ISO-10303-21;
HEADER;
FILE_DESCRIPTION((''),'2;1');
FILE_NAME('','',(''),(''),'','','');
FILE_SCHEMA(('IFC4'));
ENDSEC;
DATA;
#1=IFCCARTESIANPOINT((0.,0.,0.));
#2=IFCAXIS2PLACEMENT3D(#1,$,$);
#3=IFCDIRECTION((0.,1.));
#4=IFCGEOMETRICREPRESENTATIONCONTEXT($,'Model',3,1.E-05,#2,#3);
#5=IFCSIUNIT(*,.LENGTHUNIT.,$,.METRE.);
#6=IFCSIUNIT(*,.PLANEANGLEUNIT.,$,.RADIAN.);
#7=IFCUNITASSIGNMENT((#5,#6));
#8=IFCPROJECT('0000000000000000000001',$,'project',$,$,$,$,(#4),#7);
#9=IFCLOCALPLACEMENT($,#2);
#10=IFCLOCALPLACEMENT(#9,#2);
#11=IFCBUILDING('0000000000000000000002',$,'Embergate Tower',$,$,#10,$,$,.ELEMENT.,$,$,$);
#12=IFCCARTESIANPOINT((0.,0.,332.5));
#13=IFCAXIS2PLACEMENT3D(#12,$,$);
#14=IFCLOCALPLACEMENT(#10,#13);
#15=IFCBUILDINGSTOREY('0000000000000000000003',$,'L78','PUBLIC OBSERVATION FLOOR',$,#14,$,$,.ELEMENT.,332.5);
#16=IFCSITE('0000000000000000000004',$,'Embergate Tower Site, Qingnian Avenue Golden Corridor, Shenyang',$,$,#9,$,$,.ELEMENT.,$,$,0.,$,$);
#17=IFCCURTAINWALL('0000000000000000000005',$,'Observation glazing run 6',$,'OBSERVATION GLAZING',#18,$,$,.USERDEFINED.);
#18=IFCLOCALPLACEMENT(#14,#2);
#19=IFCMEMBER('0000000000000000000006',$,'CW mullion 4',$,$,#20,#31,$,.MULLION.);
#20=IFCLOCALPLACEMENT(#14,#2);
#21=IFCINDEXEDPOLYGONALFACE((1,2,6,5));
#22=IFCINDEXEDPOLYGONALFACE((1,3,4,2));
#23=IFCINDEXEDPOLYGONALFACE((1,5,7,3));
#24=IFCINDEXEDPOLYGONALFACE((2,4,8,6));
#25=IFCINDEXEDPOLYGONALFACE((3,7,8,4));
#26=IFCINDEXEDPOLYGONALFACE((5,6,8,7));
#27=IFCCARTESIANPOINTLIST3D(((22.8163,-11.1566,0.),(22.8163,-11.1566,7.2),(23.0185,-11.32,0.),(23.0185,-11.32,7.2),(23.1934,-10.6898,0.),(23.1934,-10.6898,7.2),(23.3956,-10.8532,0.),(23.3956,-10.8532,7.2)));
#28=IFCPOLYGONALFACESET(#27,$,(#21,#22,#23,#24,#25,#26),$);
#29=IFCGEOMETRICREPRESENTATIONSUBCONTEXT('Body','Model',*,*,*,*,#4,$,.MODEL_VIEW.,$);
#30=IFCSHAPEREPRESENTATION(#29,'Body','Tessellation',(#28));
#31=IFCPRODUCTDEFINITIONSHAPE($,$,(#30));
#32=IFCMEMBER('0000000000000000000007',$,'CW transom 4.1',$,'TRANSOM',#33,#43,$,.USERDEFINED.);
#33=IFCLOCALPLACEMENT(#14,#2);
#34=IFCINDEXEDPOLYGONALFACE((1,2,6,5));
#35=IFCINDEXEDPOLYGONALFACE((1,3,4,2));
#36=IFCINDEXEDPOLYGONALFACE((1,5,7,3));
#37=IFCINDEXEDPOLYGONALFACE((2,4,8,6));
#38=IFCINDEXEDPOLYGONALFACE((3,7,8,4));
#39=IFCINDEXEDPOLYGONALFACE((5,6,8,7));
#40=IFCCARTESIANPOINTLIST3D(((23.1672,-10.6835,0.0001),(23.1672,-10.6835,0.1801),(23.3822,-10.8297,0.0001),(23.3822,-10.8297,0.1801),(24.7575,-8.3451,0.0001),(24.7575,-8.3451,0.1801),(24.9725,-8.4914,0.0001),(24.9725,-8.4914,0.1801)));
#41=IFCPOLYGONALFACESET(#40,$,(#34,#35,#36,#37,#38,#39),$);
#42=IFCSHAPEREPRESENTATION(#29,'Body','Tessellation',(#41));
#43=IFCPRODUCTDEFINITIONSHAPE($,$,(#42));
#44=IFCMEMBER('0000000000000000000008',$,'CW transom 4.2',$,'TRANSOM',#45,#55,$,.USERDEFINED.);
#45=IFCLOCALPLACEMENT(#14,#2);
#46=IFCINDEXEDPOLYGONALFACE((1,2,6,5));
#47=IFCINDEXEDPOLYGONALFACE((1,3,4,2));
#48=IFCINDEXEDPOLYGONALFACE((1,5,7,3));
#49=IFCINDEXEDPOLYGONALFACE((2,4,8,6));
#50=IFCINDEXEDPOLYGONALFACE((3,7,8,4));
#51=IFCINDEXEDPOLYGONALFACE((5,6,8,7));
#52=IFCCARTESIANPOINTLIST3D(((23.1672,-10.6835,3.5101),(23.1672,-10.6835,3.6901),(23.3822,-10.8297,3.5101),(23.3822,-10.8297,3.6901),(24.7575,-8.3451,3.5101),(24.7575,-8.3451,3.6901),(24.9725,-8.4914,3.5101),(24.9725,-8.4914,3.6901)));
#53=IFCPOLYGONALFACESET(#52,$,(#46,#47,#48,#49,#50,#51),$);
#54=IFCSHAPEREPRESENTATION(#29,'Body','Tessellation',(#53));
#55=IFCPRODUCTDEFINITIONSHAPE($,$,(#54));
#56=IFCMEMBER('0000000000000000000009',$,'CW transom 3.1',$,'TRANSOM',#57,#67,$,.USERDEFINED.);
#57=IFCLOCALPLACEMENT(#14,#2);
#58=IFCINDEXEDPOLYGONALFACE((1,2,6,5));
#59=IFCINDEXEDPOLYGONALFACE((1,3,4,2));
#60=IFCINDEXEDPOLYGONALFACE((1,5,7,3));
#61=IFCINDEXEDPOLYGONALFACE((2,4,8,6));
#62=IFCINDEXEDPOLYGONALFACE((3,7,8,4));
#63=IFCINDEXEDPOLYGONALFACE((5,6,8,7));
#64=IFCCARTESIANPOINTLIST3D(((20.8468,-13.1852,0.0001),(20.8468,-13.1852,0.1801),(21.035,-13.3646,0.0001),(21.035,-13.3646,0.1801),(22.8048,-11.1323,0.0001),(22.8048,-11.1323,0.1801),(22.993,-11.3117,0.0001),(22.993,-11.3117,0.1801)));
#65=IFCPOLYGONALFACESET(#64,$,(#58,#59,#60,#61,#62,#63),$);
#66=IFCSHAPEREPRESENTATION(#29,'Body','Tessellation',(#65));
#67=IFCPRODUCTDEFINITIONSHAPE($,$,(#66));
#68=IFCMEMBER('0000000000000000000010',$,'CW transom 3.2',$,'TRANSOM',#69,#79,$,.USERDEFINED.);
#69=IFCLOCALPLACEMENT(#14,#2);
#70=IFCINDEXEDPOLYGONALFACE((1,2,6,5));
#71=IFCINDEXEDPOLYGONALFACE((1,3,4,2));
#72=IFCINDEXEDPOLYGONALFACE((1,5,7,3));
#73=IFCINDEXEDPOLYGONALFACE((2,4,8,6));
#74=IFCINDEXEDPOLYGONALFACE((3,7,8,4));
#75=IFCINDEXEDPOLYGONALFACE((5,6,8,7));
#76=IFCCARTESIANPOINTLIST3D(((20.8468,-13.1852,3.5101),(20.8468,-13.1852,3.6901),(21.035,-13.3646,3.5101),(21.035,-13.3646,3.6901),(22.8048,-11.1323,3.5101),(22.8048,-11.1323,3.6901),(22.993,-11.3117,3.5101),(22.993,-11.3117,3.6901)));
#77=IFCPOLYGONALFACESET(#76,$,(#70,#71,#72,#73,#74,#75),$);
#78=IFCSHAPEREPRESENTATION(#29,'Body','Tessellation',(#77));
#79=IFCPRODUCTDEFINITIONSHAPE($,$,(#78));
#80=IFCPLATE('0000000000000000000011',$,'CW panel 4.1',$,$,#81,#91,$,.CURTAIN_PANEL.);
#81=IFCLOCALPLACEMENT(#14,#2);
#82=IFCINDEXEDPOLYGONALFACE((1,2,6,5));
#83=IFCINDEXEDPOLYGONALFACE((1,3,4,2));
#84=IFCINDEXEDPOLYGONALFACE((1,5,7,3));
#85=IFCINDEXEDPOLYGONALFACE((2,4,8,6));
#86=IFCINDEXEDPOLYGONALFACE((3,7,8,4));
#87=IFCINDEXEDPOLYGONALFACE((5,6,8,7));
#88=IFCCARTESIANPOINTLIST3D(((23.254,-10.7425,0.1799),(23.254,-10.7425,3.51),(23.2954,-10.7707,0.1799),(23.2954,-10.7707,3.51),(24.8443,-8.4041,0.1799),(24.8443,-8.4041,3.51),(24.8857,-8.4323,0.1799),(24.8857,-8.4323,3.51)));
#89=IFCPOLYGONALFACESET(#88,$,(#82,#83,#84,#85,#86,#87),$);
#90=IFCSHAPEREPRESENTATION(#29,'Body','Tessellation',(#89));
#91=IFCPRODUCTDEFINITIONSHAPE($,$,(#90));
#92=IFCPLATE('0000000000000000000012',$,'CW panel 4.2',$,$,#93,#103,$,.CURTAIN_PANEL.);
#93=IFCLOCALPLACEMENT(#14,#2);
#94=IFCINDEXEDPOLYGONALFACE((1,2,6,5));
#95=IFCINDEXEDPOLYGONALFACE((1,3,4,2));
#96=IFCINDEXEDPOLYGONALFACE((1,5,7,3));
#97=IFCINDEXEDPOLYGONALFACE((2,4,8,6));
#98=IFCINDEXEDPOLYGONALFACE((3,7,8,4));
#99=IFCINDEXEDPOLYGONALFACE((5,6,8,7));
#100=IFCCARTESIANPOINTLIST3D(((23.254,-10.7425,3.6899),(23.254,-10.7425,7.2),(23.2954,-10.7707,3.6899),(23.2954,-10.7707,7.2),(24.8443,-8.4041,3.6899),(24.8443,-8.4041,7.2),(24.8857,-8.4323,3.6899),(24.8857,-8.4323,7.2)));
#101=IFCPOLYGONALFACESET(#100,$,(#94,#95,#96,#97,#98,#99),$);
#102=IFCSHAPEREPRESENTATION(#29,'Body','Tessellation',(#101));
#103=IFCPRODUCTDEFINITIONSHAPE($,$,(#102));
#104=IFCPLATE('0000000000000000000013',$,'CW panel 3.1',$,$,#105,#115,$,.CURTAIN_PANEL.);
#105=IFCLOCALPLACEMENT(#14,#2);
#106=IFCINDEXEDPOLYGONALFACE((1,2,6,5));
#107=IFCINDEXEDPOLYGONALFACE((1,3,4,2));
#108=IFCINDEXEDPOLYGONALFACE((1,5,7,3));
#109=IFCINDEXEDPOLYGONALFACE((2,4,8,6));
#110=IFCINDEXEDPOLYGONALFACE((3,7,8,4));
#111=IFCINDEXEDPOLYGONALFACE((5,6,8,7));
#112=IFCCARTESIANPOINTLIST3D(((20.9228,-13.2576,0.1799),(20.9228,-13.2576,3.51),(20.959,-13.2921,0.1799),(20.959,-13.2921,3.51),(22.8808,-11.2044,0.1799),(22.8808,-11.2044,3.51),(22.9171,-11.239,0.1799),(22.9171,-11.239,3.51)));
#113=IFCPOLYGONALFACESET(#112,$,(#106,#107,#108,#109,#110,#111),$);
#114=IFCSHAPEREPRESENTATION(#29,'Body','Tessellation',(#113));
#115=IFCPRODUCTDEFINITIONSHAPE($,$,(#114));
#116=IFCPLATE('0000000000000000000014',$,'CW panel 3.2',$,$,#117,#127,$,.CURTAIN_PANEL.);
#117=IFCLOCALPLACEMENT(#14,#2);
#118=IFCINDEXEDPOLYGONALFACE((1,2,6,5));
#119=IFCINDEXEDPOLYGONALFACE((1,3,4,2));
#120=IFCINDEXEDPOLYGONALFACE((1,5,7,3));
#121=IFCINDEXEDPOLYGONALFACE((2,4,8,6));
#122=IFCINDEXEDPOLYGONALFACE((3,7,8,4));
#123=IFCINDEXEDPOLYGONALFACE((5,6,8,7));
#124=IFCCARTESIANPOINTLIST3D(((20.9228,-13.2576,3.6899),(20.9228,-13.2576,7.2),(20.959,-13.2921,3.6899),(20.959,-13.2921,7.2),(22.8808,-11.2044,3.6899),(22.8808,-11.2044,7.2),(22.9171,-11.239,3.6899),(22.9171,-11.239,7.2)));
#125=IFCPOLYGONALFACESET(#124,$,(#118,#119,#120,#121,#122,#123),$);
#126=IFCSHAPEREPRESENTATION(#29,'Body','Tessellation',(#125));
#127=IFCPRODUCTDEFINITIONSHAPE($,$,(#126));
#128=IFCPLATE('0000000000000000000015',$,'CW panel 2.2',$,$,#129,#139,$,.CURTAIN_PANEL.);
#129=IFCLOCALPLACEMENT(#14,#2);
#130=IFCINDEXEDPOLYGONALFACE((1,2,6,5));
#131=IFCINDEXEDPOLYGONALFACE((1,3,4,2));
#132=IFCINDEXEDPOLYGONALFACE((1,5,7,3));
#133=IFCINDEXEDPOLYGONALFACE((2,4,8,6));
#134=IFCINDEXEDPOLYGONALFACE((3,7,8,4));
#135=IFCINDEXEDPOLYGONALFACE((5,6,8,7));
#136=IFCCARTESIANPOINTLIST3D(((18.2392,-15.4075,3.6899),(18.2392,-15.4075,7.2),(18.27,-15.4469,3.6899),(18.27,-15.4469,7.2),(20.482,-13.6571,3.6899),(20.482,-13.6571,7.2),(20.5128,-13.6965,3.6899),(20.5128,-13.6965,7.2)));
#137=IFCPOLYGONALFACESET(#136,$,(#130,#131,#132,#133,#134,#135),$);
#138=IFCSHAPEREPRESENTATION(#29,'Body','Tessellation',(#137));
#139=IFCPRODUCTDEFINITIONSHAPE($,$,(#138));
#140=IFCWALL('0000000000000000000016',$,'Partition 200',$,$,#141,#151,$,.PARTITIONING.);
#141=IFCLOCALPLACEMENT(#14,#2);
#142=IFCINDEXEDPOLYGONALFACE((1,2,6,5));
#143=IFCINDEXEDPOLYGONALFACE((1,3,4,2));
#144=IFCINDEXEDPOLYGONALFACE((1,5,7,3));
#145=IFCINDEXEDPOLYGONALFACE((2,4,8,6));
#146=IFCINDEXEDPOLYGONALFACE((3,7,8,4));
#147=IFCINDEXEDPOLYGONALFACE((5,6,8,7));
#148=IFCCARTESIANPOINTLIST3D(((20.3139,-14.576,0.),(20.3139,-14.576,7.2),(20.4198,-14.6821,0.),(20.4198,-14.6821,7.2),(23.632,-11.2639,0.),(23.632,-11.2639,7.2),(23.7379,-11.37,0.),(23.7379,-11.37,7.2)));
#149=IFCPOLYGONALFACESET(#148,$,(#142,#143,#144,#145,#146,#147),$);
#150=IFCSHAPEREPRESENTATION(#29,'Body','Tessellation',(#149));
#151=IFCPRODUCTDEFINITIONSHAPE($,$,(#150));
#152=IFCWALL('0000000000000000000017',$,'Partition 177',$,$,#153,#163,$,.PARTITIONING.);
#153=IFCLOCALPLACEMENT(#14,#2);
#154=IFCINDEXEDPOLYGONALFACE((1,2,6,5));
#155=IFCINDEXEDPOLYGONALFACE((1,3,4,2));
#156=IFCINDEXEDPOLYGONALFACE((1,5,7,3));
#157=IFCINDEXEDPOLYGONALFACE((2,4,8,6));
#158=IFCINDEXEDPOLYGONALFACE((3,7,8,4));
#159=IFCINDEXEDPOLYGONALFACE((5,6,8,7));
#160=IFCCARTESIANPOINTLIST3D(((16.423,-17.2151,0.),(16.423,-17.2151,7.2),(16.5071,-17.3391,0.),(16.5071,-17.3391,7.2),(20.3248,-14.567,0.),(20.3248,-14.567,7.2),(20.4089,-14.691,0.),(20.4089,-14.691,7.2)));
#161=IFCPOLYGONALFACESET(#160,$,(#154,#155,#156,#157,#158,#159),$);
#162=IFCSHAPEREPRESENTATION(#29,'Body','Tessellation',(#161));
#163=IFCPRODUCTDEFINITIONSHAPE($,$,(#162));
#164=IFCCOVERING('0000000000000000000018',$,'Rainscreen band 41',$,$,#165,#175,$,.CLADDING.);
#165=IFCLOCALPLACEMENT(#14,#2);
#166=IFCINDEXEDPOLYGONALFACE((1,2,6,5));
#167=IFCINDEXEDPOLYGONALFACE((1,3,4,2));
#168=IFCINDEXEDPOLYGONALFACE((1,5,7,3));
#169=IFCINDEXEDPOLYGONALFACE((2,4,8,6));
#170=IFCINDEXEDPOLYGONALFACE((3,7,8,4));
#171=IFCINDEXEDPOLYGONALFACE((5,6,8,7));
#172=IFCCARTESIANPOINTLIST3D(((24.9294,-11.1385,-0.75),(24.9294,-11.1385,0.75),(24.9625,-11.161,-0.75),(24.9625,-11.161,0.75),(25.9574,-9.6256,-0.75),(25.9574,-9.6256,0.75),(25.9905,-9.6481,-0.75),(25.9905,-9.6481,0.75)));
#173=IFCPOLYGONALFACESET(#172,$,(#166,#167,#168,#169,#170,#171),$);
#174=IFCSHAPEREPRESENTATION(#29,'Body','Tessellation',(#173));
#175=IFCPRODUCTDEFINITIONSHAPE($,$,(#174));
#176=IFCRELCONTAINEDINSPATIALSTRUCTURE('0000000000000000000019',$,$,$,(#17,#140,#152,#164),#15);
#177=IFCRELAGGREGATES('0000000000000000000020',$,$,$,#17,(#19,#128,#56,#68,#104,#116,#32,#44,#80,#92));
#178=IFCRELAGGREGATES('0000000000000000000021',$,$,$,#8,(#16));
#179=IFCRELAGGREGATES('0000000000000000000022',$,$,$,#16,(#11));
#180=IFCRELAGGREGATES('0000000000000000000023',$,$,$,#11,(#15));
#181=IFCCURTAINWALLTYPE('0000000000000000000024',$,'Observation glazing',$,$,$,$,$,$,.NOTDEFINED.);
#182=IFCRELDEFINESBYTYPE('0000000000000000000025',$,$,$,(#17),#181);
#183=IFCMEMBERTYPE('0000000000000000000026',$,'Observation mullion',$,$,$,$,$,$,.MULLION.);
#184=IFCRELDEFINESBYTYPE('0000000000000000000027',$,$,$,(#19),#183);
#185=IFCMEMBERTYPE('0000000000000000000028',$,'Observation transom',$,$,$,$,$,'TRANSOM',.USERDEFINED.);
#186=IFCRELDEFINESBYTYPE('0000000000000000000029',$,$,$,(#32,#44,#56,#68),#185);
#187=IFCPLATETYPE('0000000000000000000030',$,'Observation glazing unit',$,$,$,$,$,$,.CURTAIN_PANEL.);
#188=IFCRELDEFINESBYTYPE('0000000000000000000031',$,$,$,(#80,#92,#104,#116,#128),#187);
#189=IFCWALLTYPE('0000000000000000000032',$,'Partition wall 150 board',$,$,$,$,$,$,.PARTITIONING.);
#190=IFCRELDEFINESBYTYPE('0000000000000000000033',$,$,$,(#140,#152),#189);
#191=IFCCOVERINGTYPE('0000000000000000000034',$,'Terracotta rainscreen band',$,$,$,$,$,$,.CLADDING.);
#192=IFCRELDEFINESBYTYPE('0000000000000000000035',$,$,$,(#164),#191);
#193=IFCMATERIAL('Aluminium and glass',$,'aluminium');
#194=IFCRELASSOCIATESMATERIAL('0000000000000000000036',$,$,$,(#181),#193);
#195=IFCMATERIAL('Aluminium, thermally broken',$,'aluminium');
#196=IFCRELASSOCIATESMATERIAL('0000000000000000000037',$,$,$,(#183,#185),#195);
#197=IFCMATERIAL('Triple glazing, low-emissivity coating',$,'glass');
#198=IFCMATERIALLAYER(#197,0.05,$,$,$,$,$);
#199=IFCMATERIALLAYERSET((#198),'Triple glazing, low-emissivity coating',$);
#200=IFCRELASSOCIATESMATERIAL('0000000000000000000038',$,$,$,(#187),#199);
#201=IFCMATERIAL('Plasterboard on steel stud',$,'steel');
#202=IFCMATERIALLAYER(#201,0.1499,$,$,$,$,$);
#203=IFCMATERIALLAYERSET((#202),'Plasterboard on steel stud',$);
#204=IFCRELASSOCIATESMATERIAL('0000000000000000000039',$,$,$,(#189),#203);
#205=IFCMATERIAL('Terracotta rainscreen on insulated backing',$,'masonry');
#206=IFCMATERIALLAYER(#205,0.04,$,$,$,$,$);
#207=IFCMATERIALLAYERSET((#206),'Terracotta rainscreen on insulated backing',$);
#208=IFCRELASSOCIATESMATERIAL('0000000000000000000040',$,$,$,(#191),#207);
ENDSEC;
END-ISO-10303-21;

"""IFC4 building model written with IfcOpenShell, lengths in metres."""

from ifc_helpers import new_model, si_unit, direction, frame, frame_2d, origin, origin_2d, place, context, subcontext, project, spatial, rectangle, extrude, source, transform, mapped, material, layer, layer_set, material_profile, profile_set, type_object, element, aggregate, save


model = new_model("IFC4")

# Units and contexts
model_context = context("Model", 3, precision=1e-05, world=origin(), true_north=direction((0.0, 1.0)))
body_context = subcontext(model_context, "Body", "Model", "MODEL_VIEW")
ifc_project = project(units=[si_unit("LENGTHUNIT", "METRE"), si_unit("PLANEANGLEUNIT", "RADIAN")], contexts=[model_context])

# Site, building, storey
site_placement = place(None, origin())
site = spatial("IfcSite", under=ifc_project, at=site_placement, Name="Embergate Tower Site, Qingnian Avenue Golden Corridor, Shenyang", CompositionType="ELEMENT", RefElevation=0.0)
building_placement = place(site_placement, origin())
building = spatial("IfcBuilding", under=site, at=building_placement, Name="Embergate Tower", CompositionType="ELEMENT")
storey_placement = place(building_placement, frame((0.0, 0.0, 332.5)))
storey = spatial("IfcBuildingStorey", under=building, at=storey_placement, Name="L78", Description="PUBLIC OBSERVATION FLOOR", CompositionType="ELEMENT", Elevation=332.5)

# Curtain wall, members, plates
ifc_material_1 = material(Name="Aluminium and glass", Category="aluminium")
curtain_wall_type = type_object("IfcCurtainWallType", Name="Observation glazing", PredefinedType="NOTDEFINED", material=ifc_material_1)
curtain_wall_placement = place(storey_placement, origin())
curtain_wall = element("IfcCurtainWall", 1, at=curtain_wall_placement, inside=storey, type_object=curtain_wall_type, Name="Observation glazing run 6", ObjectType="OBSERVATION GLAZING", PredefinedType="USERDEFINED")
ifc_material_2 = material(Name="Aluminium, thermally broken", Category="aluminium")
ifc_material_profile_1 = material_profile(ifc_material_2, rectangle(XDim=0.26, YDim=0.6001, at=origin_2d()), Name="AL 600x260")
ifc_profile_set_1 = profile_set([ifc_material_profile_1], Name="Aluminium, thermally broken")
member_type_1 = type_object("IfcMemberType", Name="Observation mullion", PredefinedType="MULLION", material=ifc_profile_set_1)
shared_shape_1 = source(origin(), body_context, "Body", "SweptSolid", [
    extrude(rectangle(XDim=0.26, YDim=0.6001, at=origin_2d()), origin(), (0.0, 0.0, 1.0), 7.2),
])
member_1_placement = place(storey_placement, frame((23.106, -11.0049, 0.0), z_axis=(0.0, 0.0, 1.0), x_axis=(-0.777844, 0.628457, 0.0)))
member_1 = element("IfcMember", 2, at=member_1_placement, type_object=member_type_1, Name="CW mullion 4", PredefinedType="MULLION", context=body_context, shape_type="MappedRepresentation", body=[
    mapped(shared_shape_1, transform((0.0, 0.0, 0.0))),
])
ifc_material_profile_2 = material_profile(ifc_material_2, rectangle(XDim=0.26, YDim=0.1799, at=origin_2d()), Name="AL 180x260")
ifc_profile_set_2 = profile_set([ifc_material_profile_2], Name="Aluminium, thermally broken")
member_type_2 = type_object("IfcMemberType", Name="Observation transom", ElementType="TRANSOM", PredefinedType="USERDEFINED", material=ifc_profile_set_2)
shared_shape_2 = source(origin(), body_context, "Body", "SweptSolid", [
    extrude(rectangle(XDim=0.26, YDim=0.1799, at=origin_2d()), origin(), (0.0, 0.0, 1.0), 2.8279),
])
member_2_placement = place(storey_placement, frame((23.2747, -10.7566, 0.0901), z_axis=(0.562367, 0.826888, 0.0), x_axis=(-0.826888, 0.562367, 0.0)))
member_2 = element("IfcMember", 3, at=member_2_placement, type_object=member_type_2, Name="CW transom 4.1", ObjectType="TRANSOM", PredefinedType="USERDEFINED", context=body_context, shape_type="MappedRepresentation", body=[
    mapped(shared_shape_2, transform((0.0, 0.0, 0.0))),
])
member_3_placement = place(storey_placement, frame((23.2747, -10.7566, 3.6001), z_axis=(0.562367, 0.826888, 0.0), x_axis=(-0.826888, 0.562367, 0.0)))
member_3 = element("IfcMember", 4, at=member_3_placement, type_object=member_type_2, Name="CW transom 4.2", ObjectType="TRANSOM", PredefinedType="USERDEFINED", context=body_context, shape_type="MappedRepresentation", body=[
    mapped(shared_shape_2, transform((0.0, 0.0, 0.0))),
])
shared_shape_3 = source(origin(), body_context, "Body", "SweptSolid", [
    extrude(rectangle(XDim=0.26, YDim=0.1799, at=origin_2d()), origin(), (0.0, 0.0, 1.0), 2.8369),
])
member_4_placement = place(storey_placement, frame((20.9409, -13.2749, 0.0901), z_axis=(0.690171, 0.723647, 0.0), x_axis=(-0.723647, 0.690171, 0.0)))
member_4 = element("IfcMember", 5, at=member_4_placement, type_object=member_type_2, Name="CW transom 3.1", ObjectType="TRANSOM", PredefinedType="USERDEFINED", context=body_context, shape_type="MappedRepresentation", body=[
    mapped(shared_shape_3, transform((0.0, 0.0, 0.0))),
])
member_5_placement = place(storey_placement, frame((20.9409, -13.2749, 3.6001), z_axis=(0.690171, 0.723647, 0.0), x_axis=(-0.723647, 0.690171, 0.0)))
member_5 = element("IfcMember", 6, at=member_5_placement, type_object=member_type_2, Name="CW transom 3.2", ObjectType="TRANSOM", PredefinedType="USERDEFINED", context=body_context, shape_type="MappedRepresentation", body=[
    mapped(shared_shape_3, transform((0.0, 0.0, 0.0))),
])
ifc_material_3 = material(Name="Triple glazing, low-emissivity coating", Category="glass")
ifc_layer_1 = layer(ifc_material_3, 0.05)
ifc_layer_set_1 = layer_set([ifc_layer_1], Name="Triple glazing, low-emissivity coating")
plate_type = type_object("IfcPlateType", Name="Observation glazing unit", PredefinedType="CURTAIN_PANEL", material=ifc_layer_set_1)
shared_shape_4 = source(origin(), body_context, "Body", "SweptSolid", [
    extrude(rectangle(XDim=2.8279, YDim=0.05, at=origin_2d()), origin(), (0.0, 0.0, 1.0), 3.3301),
])
plate_1_placement = place(storey_placement, frame((24.0698, -9.5874, 0.1799), z_axis=(0.0, 0.0, 1.0), x_axis=(0.562353, 0.826897, 0.0)))
plate_1 = element("IfcPlate", 7, at=plate_1_placement, type_object=plate_type, Name="CW panel 4.1", PredefinedType="CURTAIN_PANEL", context=body_context, shape_type="MappedRepresentation", body=[
    mapped(shared_shape_4, transform((0.0, 0.0, 0.0))),
])
shared_shape_5 = source(origin(), body_context, "Body", "SweptSolid", [
    extrude(rectangle(XDim=2.8279, YDim=0.05, at=origin_2d()), origin(), (0.0, 0.0, 1.0), 3.51),
])
plate_2_placement = place(storey_placement, frame((24.0698, -9.5874, 3.6899), z_axis=(0.0, 0.0, 1.0), x_axis=(0.562353, 0.826897, 0.0)))
plate_2 = element("IfcPlate", 8, at=plate_2_placement, type_object=plate_type, Name="CW panel 4.2", PredefinedType="CURTAIN_PANEL", context=body_context, shape_type="MappedRepresentation", body=[
    mapped(shared_shape_5, transform((0.0, 0.0, 0.0))),
])
shared_shape_6 = source(origin(), body_context, "Body", "SweptSolid", [
    extrude(rectangle(XDim=2.8372, YDim=0.05, at=origin_2d()), origin(), (0.0, 0.0, 1.0), 3.3301),
])
plate_3_placement = place(storey_placement, frame((21.9199, -12.2483, 0.1799), z_axis=(0.0, 0.0, 1.0), x_axis=(0.690143, 0.723673, 0.0)))
plate_3 = element("IfcPlate", 9, at=plate_3_placement, type_object=plate_type, Name="CW panel 3.1", PredefinedType="CURTAIN_PANEL", context=body_context, shape_type="MappedRepresentation", body=[
    mapped(shared_shape_6, transform((0.0, 0.0, 0.0))),
])
shared_shape_7 = source(origin(), body_context, "Body", "SweptSolid", [
    extrude(rectangle(XDim=2.8372, YDim=0.05, at=origin_2d()), origin(), (0.0, 0.0, 1.0), 3.51),
])
plate_4_placement = place(storey_placement, frame((21.9199, -12.2483, 3.6899), z_axis=(0.0, 0.0, 1.0), x_axis=(0.690143, 0.723673, 0.0)))
plate_4 = element("IfcPlate", 10, at=plate_4_placement, type_object=plate_type, Name="CW panel 3.2", PredefinedType="CURTAIN_PANEL", context=body_context, shape_type="MappedRepresentation", body=[
    mapped(shared_shape_7, transform((0.0, 0.0, 0.0))),
])
shared_shape_8 = source(origin(), body_context, "Body", "SweptSolid", [
    extrude(rectangle(XDim=2.845, YDim=0.05, at=origin_2d()), origin(), (0.0, 0.0, 1.0), 3.51),
])
plate_5_placement = place(storey_placement, frame((19.376, -14.552, 3.6899), z_axis=(0.0, 0.0, 1.0), x_axis=(0.788325, 0.615258, 0.0)))
plate_5 = element("IfcPlate", 11, at=plate_5_placement, type_object=plate_type, Name="CW panel 2.2", PredefinedType="CURTAIN_PANEL", context=body_context, shape_type="MappedRepresentation", body=[
    mapped(shared_shape_8, transform((0.0, 0.0, 0.0))),
])
aggregate(curtain_wall, [member_1, plate_5, member_4, member_5, plate_3, plate_4, member_2, member_3, plate_1, plate_2])

# Walls
ifc_material_4 = material(Name="Plasterboard on steel stud", Category="steel")
ifc_layer_2 = layer(ifc_material_4, 0.1499)
ifc_layer_set_2 = layer_set([ifc_layer_2], Name="Plasterboard on steel stud")
wall_type = type_object("IfcWallType", Name="Partition wall 150 board", PredefinedType="PARTITIONING", material=ifc_layer_set_2)
shared_shape_9 = source(origin(), body_context, "Body", "SweptSolid", [
    extrude(rectangle(XDim=4.6882, YDim=0.1499, at=frame_2d((2.3442, 0.0))), origin(), (0.0, 0.0, 1.0), 7.2),
])
wall_1_placement = place(storey_placement, frame((23.6851, -11.3169, 0.0), z_axis=(0.0, 0.0, 1.0), x_axis=(-0.707757, -0.706456, 0.0)))
element("IfcWall", 12, at=wall_1_placement, inside=storey, type_object=wall_type, Name="Partition 200", PredefinedType="PARTITIONING", context=body_context, shape_type="MappedRepresentation", body=[
    mapped(shared_shape_9, transform((0.0, 0.0, 0.0))),
])
shared_shape_10 = source(origin(), body_context, "Body", "SweptSolid", [
    extrude(rectangle(XDim=4.7156, YDim=0.1499, at=frame_2d((2.3579, 0.0))), origin(), (0.0, 0.0, 1.0), 7.2),
])
wall_2_placement = place(storey_placement, frame((20.3669, -14.6289, 0.0), z_axis=(0.0, 0.0, 1.0), x_axis=(-0.827426, -0.561575, 0.0)))
element("IfcWall", 13, at=wall_2_placement, inside=storey, type_object=wall_type, Name="Partition 177", PredefinedType="PARTITIONING", context=body_context, shape_type="MappedRepresentation", body=[
    mapped(shared_shape_10, transform((0.0, 0.0, 0.0))),
])

# Covering
ifc_material_5 = material(Name="Terracotta rainscreen on insulated backing", Category="masonry")
ifc_layer_3 = layer(ifc_material_5, 0.04)
ifc_layer_set_3 = layer_set([ifc_layer_3], Name="Terracotta rainscreen on insulated backing")
covering_type = type_object("IfcCoveringType", Name="Terracotta rainscreen band", PredefinedType="CLADDING", material=ifc_layer_set_3)
shared_shape_11 = source(origin(), body_context, "Body", "SweptSolid", [
    extrude(rectangle(XDim=1.8291, YDim=0.04, at=origin_2d()), origin(), (0.0, 0.0, 1.0), 1.5),
])
covering_1_placement = place(storey_placement, frame((25.46, -10.3933, -0.75), z_axis=(0.0, 0.0, 1.0), x_axis=(0.561995, 0.82714, 0.0)))
element("IfcCovering", 14, at=covering_1_placement, inside=storey, type_object=covering_type, Name="Rainscreen band 41", PredefinedType="CLADDING", context=body_context, shape_type="MappedRepresentation", body=[
    mapped(shared_shape_11, transform((0.0, 0.0, 0.0))),
])

save(model, "model.ifc")
